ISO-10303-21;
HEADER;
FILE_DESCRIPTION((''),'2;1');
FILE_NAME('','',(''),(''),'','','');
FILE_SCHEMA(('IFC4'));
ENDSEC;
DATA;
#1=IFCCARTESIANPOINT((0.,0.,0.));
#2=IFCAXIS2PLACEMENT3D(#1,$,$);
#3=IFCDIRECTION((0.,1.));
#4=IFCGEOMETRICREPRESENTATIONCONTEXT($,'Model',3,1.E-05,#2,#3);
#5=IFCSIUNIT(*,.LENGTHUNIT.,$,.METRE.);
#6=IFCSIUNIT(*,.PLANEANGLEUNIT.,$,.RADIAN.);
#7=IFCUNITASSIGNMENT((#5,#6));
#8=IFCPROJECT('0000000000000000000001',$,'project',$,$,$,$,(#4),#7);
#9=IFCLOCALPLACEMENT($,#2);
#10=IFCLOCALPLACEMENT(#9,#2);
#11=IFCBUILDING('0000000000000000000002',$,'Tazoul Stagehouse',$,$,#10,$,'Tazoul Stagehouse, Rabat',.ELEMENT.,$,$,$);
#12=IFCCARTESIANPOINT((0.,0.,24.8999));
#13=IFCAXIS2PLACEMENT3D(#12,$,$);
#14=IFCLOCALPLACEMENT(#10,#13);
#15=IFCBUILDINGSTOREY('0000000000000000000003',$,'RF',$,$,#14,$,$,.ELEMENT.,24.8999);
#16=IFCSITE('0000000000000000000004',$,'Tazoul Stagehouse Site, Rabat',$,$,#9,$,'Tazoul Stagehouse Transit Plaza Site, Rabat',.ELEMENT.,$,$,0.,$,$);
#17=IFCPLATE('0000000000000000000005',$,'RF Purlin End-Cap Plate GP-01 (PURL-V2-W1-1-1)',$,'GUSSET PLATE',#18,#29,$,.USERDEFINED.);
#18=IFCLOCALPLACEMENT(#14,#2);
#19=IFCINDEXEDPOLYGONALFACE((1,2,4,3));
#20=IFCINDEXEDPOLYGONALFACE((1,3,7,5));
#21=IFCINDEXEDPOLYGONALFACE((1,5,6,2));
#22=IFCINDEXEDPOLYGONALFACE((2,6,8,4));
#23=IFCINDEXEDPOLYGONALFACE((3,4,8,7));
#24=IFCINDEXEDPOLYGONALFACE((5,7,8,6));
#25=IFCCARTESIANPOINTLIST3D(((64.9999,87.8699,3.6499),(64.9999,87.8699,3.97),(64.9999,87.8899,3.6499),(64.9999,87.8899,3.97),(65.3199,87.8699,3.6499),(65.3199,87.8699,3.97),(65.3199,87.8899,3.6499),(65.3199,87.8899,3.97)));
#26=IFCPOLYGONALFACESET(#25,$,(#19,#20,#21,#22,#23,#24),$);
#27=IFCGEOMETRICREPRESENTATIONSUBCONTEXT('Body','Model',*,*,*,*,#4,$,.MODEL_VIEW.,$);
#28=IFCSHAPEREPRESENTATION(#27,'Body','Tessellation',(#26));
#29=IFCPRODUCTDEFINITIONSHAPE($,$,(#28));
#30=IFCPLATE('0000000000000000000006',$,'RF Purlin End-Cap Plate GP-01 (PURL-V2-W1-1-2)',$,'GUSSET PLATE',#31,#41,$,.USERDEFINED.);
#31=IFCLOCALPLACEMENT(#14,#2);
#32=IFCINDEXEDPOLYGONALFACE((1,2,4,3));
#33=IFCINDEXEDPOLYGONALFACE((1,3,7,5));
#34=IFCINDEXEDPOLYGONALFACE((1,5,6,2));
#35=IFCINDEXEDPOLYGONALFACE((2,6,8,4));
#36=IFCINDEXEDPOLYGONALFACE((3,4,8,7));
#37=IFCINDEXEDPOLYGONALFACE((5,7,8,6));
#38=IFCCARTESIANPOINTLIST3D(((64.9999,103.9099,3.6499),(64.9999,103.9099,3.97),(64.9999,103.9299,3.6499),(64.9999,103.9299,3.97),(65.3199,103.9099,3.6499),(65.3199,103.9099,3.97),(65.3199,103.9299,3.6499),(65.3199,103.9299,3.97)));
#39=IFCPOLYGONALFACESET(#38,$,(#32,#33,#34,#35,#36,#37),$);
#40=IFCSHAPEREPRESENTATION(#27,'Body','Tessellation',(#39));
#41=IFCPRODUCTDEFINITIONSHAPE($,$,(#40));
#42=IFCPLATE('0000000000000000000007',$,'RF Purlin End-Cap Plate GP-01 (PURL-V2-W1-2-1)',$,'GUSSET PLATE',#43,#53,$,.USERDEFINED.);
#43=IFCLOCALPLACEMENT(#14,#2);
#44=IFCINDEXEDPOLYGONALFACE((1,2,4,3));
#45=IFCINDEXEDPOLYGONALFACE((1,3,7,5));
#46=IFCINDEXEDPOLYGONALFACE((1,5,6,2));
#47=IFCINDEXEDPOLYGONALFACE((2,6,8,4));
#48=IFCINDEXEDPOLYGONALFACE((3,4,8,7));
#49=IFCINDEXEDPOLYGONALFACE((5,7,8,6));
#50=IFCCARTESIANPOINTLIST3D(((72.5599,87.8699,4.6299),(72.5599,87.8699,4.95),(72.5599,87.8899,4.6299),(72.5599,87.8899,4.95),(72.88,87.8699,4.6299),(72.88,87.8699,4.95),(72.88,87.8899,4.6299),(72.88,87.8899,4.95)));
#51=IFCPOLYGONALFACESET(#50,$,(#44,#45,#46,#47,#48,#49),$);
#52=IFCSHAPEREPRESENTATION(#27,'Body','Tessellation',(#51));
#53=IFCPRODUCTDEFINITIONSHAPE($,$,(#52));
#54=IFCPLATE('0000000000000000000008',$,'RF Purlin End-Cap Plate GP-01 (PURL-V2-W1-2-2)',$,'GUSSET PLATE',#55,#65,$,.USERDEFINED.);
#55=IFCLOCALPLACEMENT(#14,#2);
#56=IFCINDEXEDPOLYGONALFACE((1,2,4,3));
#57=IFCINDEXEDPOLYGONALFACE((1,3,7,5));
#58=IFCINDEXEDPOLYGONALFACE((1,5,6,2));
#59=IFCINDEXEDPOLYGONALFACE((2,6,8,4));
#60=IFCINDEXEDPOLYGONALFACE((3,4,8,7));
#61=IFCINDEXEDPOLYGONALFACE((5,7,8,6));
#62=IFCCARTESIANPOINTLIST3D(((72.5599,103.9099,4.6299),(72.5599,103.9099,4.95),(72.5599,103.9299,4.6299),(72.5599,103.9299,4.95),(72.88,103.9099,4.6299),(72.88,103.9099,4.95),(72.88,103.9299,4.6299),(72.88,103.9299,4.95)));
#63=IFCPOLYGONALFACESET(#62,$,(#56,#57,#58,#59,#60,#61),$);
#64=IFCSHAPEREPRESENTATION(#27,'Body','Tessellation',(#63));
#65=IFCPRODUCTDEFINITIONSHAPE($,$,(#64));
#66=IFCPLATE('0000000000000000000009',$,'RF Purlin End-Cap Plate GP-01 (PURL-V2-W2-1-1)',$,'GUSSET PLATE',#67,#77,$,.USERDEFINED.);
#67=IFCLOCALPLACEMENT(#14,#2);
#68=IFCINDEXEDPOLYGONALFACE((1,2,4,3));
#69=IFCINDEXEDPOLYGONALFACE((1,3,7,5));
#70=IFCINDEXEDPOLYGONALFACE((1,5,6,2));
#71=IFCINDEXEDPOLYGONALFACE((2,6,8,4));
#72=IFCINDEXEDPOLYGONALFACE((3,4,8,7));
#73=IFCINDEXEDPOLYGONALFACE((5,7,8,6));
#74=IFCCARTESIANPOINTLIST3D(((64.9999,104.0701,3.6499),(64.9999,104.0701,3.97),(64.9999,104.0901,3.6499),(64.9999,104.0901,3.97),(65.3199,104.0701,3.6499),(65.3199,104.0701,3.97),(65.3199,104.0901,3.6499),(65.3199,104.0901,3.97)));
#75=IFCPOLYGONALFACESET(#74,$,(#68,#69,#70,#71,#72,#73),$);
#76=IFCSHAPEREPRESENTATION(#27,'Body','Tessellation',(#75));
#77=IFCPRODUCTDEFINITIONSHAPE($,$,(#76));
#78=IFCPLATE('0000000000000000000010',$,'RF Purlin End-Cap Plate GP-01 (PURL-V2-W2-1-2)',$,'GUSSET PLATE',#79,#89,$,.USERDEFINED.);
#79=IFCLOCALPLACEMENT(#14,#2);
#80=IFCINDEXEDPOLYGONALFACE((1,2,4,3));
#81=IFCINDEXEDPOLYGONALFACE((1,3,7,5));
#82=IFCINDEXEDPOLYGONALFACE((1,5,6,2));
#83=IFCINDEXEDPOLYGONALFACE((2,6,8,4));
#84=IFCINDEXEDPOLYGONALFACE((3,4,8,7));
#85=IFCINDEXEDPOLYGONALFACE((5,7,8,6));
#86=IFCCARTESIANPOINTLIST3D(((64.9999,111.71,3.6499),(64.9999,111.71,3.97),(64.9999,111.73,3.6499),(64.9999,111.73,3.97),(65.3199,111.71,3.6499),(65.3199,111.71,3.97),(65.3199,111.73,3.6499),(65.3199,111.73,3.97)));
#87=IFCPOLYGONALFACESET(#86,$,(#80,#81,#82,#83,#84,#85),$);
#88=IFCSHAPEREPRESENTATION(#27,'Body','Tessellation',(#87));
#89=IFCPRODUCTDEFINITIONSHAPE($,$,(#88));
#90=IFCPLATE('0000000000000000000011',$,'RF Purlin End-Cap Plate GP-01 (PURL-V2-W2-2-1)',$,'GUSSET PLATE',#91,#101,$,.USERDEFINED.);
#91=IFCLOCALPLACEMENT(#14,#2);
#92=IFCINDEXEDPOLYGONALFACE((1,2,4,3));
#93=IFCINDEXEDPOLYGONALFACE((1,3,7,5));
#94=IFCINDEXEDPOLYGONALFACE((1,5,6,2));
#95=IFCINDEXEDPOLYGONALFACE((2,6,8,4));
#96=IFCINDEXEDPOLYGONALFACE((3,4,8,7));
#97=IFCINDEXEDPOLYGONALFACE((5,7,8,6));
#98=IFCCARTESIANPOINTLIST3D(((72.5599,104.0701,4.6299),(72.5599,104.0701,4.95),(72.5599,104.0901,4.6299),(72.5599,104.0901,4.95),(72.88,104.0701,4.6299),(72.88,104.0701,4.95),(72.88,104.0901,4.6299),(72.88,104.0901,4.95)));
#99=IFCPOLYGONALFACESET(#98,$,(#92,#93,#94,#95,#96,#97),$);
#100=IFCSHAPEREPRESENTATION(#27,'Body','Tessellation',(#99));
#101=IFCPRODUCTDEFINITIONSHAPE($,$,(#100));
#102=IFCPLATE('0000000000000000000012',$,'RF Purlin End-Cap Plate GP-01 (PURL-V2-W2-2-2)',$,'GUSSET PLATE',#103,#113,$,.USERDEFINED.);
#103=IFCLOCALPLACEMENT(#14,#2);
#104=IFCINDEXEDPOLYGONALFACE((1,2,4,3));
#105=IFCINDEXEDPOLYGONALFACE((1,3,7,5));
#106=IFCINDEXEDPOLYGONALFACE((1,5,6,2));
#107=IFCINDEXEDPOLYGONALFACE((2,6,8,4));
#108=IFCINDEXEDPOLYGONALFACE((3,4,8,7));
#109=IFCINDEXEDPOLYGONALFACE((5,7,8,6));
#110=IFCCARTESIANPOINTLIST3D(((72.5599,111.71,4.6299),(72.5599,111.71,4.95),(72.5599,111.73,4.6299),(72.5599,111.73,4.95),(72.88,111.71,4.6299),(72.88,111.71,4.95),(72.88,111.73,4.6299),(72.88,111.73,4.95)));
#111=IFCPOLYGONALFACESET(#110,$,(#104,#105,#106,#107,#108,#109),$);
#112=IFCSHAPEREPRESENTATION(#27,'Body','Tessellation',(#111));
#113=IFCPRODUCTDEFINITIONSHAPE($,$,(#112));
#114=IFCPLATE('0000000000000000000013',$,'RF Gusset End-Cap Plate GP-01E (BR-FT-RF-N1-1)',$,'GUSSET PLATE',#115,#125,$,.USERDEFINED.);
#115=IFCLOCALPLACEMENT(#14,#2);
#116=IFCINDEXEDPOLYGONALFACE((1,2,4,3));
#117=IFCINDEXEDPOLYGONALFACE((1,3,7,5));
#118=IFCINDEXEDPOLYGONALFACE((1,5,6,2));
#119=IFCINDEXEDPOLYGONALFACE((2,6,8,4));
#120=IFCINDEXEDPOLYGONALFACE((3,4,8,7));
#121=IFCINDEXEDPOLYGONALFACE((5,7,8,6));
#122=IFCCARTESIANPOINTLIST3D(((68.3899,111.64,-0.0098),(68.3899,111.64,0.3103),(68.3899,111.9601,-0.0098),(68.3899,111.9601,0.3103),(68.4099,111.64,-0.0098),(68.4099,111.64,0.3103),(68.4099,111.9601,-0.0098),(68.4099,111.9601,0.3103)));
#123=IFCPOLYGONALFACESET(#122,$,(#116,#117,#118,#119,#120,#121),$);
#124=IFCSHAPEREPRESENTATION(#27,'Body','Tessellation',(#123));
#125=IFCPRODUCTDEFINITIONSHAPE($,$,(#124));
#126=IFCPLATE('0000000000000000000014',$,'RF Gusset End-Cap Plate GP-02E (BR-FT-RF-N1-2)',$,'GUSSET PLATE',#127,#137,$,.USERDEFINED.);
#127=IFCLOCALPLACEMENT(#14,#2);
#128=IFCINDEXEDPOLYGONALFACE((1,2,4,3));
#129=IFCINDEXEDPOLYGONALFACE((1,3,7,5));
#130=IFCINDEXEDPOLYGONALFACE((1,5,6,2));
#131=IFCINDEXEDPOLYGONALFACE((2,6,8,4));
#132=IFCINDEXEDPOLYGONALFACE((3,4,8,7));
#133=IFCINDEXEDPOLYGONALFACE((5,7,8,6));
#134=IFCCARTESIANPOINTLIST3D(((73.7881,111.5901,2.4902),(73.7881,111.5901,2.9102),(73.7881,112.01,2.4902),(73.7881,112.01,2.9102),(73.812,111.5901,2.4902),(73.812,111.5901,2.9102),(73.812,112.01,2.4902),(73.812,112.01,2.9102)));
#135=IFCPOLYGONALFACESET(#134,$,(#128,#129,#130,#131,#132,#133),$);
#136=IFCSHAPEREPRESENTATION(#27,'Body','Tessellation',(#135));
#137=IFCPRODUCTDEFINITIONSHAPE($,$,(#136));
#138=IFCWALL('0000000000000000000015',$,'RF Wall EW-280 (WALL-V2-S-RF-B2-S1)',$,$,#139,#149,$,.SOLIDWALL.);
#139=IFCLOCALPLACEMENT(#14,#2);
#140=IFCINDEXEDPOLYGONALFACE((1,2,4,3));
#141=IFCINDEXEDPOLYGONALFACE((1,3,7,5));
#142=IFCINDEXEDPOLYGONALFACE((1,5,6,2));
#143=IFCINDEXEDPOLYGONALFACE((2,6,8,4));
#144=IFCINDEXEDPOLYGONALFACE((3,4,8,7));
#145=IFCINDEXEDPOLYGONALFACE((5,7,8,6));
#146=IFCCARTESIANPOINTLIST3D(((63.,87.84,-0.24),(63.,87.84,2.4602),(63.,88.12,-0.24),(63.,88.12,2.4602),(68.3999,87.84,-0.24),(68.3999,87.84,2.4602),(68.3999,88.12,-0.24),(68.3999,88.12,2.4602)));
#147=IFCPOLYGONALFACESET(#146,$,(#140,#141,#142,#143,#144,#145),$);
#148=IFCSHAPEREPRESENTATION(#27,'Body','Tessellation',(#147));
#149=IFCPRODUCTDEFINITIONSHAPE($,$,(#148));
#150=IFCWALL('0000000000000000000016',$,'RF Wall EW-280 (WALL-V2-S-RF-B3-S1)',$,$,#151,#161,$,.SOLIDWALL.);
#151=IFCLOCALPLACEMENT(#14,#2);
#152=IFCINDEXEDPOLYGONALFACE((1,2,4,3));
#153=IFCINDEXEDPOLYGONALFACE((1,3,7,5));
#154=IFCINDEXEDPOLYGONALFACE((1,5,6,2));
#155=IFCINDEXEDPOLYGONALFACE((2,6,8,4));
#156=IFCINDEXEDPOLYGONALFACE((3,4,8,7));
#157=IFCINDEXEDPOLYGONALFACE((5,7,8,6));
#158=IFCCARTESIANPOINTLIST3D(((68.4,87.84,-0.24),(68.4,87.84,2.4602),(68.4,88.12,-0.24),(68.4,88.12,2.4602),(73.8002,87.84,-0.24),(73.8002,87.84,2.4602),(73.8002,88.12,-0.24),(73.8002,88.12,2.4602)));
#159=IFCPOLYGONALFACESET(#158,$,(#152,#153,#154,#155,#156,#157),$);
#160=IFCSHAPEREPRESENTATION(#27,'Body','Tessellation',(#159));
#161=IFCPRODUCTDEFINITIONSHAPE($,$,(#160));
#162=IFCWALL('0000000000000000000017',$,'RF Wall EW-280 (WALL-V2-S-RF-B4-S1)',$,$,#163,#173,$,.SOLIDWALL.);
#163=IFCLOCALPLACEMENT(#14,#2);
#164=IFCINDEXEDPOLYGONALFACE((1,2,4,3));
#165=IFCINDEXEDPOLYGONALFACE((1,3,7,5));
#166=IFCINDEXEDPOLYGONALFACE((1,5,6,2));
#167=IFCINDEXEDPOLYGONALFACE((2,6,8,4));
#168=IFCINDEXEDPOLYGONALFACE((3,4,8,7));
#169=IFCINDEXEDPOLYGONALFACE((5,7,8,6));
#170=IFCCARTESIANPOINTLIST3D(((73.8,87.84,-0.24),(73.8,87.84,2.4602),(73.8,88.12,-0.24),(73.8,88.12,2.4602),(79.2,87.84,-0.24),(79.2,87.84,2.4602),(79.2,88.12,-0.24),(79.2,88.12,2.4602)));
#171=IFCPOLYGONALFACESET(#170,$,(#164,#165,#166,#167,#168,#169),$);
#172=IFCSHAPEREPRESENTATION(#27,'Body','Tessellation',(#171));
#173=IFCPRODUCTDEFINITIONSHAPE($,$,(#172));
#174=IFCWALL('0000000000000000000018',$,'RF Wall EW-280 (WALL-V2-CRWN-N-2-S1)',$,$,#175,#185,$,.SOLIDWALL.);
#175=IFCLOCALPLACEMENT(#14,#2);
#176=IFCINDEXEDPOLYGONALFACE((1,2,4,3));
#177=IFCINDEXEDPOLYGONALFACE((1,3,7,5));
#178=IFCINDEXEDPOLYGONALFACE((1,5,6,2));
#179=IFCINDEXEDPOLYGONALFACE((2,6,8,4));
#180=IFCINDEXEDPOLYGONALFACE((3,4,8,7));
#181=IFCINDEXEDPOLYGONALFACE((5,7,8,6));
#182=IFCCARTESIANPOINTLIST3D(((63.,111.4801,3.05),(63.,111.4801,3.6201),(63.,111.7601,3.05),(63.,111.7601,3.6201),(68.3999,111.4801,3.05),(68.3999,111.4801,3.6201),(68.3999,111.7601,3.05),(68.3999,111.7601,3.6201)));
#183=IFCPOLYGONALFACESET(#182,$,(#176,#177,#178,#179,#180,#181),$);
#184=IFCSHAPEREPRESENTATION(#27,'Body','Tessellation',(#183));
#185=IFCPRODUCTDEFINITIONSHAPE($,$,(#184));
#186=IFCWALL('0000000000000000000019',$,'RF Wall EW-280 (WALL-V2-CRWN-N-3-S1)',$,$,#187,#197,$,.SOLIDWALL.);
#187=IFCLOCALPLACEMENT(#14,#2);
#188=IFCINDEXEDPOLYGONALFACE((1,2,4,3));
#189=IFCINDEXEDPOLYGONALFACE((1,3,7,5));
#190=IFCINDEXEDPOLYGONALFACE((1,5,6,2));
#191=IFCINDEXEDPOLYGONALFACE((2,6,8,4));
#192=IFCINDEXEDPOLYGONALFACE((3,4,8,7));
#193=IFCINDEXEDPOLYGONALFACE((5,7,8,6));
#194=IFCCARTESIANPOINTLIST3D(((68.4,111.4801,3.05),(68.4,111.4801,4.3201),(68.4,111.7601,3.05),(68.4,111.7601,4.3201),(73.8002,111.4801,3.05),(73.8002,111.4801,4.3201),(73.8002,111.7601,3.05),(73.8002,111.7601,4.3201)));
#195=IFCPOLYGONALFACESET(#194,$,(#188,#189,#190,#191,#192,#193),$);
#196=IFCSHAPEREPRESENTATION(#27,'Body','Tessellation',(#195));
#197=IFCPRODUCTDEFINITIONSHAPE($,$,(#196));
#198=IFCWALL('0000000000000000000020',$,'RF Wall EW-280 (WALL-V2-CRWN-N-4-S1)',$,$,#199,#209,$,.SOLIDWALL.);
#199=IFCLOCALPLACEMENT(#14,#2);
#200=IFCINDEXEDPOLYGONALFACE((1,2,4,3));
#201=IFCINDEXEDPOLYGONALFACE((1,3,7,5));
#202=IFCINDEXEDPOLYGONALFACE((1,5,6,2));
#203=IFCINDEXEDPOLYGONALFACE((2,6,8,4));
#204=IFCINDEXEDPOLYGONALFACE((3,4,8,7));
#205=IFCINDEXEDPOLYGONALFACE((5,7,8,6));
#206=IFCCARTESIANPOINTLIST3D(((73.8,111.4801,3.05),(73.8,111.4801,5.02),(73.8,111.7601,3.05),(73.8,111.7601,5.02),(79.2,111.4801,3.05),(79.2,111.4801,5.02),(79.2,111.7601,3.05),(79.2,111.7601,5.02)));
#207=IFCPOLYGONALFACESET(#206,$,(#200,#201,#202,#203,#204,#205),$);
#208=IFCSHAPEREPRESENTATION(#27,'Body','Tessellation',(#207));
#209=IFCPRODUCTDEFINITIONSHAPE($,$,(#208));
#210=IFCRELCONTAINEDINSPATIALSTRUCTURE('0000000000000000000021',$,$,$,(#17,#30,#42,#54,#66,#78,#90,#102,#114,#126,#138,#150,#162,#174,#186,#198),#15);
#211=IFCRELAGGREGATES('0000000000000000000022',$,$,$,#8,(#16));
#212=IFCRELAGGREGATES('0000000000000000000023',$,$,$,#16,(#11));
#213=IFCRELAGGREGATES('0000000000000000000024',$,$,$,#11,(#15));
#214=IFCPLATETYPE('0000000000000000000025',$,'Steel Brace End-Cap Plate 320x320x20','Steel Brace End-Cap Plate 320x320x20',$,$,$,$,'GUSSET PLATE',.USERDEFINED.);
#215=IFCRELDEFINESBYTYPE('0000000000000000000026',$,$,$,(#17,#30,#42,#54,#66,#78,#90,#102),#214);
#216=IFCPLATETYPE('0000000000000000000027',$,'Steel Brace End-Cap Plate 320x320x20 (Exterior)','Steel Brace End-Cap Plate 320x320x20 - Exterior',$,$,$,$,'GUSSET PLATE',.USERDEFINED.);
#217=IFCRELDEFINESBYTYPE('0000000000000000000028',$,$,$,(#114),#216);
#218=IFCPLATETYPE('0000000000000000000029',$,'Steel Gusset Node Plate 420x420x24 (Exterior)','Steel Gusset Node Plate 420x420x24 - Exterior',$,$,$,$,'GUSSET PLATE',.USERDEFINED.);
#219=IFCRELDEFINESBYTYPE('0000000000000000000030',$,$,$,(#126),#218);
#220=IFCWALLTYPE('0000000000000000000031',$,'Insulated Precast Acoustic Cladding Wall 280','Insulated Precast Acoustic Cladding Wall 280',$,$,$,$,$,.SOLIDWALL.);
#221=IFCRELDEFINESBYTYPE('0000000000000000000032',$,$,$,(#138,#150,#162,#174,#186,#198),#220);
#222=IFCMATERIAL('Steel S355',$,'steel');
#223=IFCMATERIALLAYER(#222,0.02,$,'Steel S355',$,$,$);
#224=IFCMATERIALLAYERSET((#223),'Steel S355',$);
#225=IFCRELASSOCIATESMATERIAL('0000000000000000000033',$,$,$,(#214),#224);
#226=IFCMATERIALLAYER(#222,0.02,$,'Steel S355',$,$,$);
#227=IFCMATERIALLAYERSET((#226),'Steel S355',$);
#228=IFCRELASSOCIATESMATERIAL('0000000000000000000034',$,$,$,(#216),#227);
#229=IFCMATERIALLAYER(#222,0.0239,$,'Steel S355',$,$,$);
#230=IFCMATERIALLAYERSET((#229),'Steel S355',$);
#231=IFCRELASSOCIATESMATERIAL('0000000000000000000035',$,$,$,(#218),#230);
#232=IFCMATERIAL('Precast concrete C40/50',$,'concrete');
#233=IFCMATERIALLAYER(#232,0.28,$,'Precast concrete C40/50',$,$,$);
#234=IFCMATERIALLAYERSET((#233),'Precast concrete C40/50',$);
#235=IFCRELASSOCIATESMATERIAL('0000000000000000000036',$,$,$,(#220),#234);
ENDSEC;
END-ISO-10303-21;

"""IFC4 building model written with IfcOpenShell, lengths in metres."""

from ifc_helpers import new_model, si_unit, direction, frame, frame_2d, origin, origin_2d, place, context, subcontext, project, spatial, rectangle, extrude, material, layer, layer_set, type_object, element, save


model = new_model("IFC4")

# Units and contexts
model_context = context("Model", 3, precision=1e-05, world=origin(), true_north=direction((0.0, 1.0)))
body_context = subcontext(model_context, "Body", "Model", "MODEL_VIEW")
ifc_project = project(units=[si_unit("LENGTHUNIT", "METRE"), si_unit("PLANEANGLEUNIT", "RADIAN")], contexts=[model_context])

# Site, building, storey
site_placement = place(None, origin())
site = spatial("IfcSite", under=ifc_project, at=site_placement, Name="Tazoul Stagehouse Site, Rabat", LongName="Tazoul Stagehouse Transit Plaza Site, Rabat", CompositionType="ELEMENT", RefElevation=0.0)
building_placement = place(site_placement, origin())
building = spatial("IfcBuilding", under=site, at=building_placement, Name="Tazoul Stagehouse", LongName="Tazoul Stagehouse, Rabat", CompositionType="ELEMENT")
storey_placement = place(building_placement, frame((0.0, 0.0, 24.8999)))
storey = spatial("IfcBuildingStorey", under=building, at=storey_placement, Name="RF", CompositionType="ELEMENT", Elevation=24.8999)

# Shared definitions
ifc_material_1 = material(Name="Steel S355", Category="steel")

# Plates
ifc_layer_1 = layer(ifc_material_1, 0.02, Name="Steel S355")
ifc_layer_set_1 = layer_set([ifc_layer_1], Name="Steel S355")
plate_type_1 = type_object("IfcPlateType", Name="Steel Brace End-Cap Plate 320x320x20", Description="Steel Brace End-Cap Plate 320x320x20", ElementType="GUSSET PLATE", PredefinedType="USERDEFINED", material=ifc_layer_set_1)
for number, where, z_axis, x_axis, name in (
    (1, (65.1599, 87.8799, 3.6499), (0.0, 0.0, 1.0), (0.0, 1.0, 0.0), "RF Purlin End-Cap Plate GP-01 (PURL-V2-W1-1-1)"),
    (2, (65.1599, 103.9199, 3.6499), (0.0, 0.0, 1.0), (0.0, 1.0, 0.0), "RF Purlin End-Cap Plate GP-01 (PURL-V2-W1-1-2)"),
    (3, (72.72, 87.8799, 4.6299), (0.0, 0.0, 1.0), (0.0, 1.0, 0.0), "RF Purlin End-Cap Plate GP-01 (PURL-V2-W1-2-1)"),
    (4, (72.72, 103.9199, 4.6299), (0.0, 0.0, 1.0), (0.0, 1.0, 0.0), "RF Purlin End-Cap Plate GP-01 (PURL-V2-W1-2-2)"),
    (5, (65.1599, 104.0801, 3.6499), (0.0, 0.0, 1.0), (0.0, 1.0, 0.0), "RF Purlin End-Cap Plate GP-01 (PURL-V2-W2-1-1)"),
    (6, (65.1599, 111.72, 3.6499), (0.0, 0.0, 1.0), (0.0, 1.0, 0.0), "RF Purlin End-Cap Plate GP-01 (PURL-V2-W2-1-2)"),
    (7, (72.72, 104.0801, 4.6299), (0.0, 0.0, 1.0), (0.0, 1.0, 0.0), "RF Purlin End-Cap Plate GP-01 (PURL-V2-W2-2-1)"),
    (8, (72.72, 111.72, 4.6299), (0.0, 0.0, 1.0), (0.0, 1.0, 0.0), "RF Purlin End-Cap Plate GP-01 (PURL-V2-W2-2-2)"),
):
    element("IfcPlate", number, at=place(storey_placement, frame(where, z_axis=z_axis, x_axis=x_axis)), inside=storey, type_object=plate_type_1, Name=name, ObjectType="GUSSET PLATE", PredefinedType="USERDEFINED", context=body_context, shape_type="SweptSolid", body=[
        extrude(rectangle(XDim=0.02, YDim=0.3201, at=origin_2d()), origin(), (0.0, 0.0, 1.0), 0.3201),
    ])
ifc_layer_2 = layer(ifc_material_1, 0.02, Name="Steel S355")
ifc_layer_set_2 = layer_set([ifc_layer_2], Name="Steel S355")
plate_type_2 = type_object("IfcPlateType", Name="Steel Brace End-Cap Plate 320x320x20 (Exterior)", Description="Steel Brace End-Cap Plate 320x320x20 - Exterior", ElementType="GUSSET PLATE", PredefinedType="USERDEFINED", material=ifc_layer_set_2)
plate_1_placement = place(storey_placement, frame((68.3999, 111.8, -0.0098), z_axis=(0.0, 0.0, 1.0), x_axis=(1.0, 0.0, 0.0)))
element("IfcPlate", 9, at=plate_1_placement, inside=storey, type_object=plate_type_2, Name="RF Gusset End-Cap Plate GP-01E (BR-FT-RF-N1-1)", ObjectType="GUSSET PLATE", PredefinedType="USERDEFINED", context=body_context, shape_type="SweptSolid", body=[
    extrude(rectangle(XDim=0.02, YDim=0.3201, at=origin_2d()), origin(), (0.0, 0.0, 1.0), 0.3201),
])
ifc_layer_3 = layer(ifc_material_1, 0.0239, Name="Steel S355")
ifc_layer_set_3 = layer_set([ifc_layer_3], Name="Steel S355")
plate_type_3 = type_object("IfcPlateType", Name="Steel Gusset Node Plate 420x420x24 (Exterior)", Description="Steel Gusset Node Plate 420x420x24 - Exterior", ElementType="GUSSET PLATE", PredefinedType="USERDEFINED", material=ifc_layer_set_3)
plate_2_placement = place(storey_placement, frame((73.8, 111.8, 2.4902), z_axis=(0.0, 0.0, 1.0), x_axis=(1.0, 0.0, 0.0)))
element("IfcPlate", 10, at=plate_2_placement, inside=storey, type_object=plate_type_3, Name="RF Gusset End-Cap Plate GP-02E (BR-FT-RF-N1-2)", ObjectType="GUSSET PLATE", PredefinedType="USERDEFINED", context=body_context, shape_type="SweptSolid", body=[
    extrude(rectangle(XDim=0.0239, YDim=0.4199, at=origin_2d()), origin(), (0.0, 0.0, 1.0), 0.4199),
])

# Walls
ifc_material_2 = material(Name="Precast concrete C40/50", Category="concrete")
ifc_layer_4 = layer(ifc_material_2, 0.28, Name="Precast concrete C40/50")
ifc_layer_set_4 = layer_set([ifc_layer_4], Name="Precast concrete C40/50")
wall_type = type_object("IfcWallType", Name="Insulated Precast Acoustic Cladding Wall 280", Description="Insulated Precast Acoustic Cladding Wall 280", PredefinedType="SOLIDWALL", material=ifc_layer_set_4)
wall_1_placement = place(storey_placement, frame((63.0, 87.98, -0.24), z_axis=(0.0, 0.0, 1.0), x_axis=(1.0, 0.0, 0.0)))
element("IfcWall", 11, at=wall_1_placement, inside=storey, type_object=wall_type, Name="RF Wall EW-280 (WALL-V2-S-RF-B2-S1)", PredefinedType="SOLIDWALL", context=body_context, shape_type="SweptSolid", body=[
    extrude(rectangle(XDim=5.3999, YDim=0.28, at=frame_2d((2.7, 0.0))), origin(), (0.0, 0.0, 1.0), 2.7002),
])
wall_2_placement = place(storey_placement, frame((68.3999, 87.98, -0.24), z_axis=(0.0, 0.0, 1.0), x_axis=(1.0, 0.0, 0.0)))
element("IfcWall", 12, at=wall_2_placement, inside=storey, type_object=wall_type, Name="RF Wall EW-280 (WALL-V2-S-RF-B3-S1)", PredefinedType="SOLIDWALL", context=body_context, shape_type="SweptSolid", body=[
    extrude(rectangle(XDim=5.4001, YDim=0.28, at=frame_2d((2.7002, 0.0))), origin(), (0.0, 0.0, 1.0), 2.7002),
])
wall_3_placement = place(storey_placement, frame((73.8, 87.98, -0.24), z_axis=(0.0, 0.0, 1.0), x_axis=(1.0, 0.0, 0.0)))
element("IfcWall", 13, at=wall_3_placement, inside=storey, type_object=wall_type, Name="RF Wall EW-280 (WALL-V2-S-RF-B4-S1)", PredefinedType="SOLIDWALL", context=body_context, shape_type="SweptSolid", body=[
    extrude(rectangle(XDim=5.3999, YDim=0.28, at=frame_2d((2.7, 0.0))), origin(), (0.0, 0.0, 1.0), 2.7002),
])
wall_4_placement = place(storey_placement, frame((63.0, 111.6201, 3.05), z_axis=(0.0, 0.0, 1.0), x_axis=(1.0, 0.0, 0.0)))
element("IfcWall", 14, at=wall_4_placement, inside=storey, type_object=wall_type, Name="RF Wall EW-280 (WALL-V2-CRWN-N-2-S1)", PredefinedType="SOLIDWALL", context=body_context, shape_type="SweptSolid", body=[
    extrude(rectangle(XDim=5.3999, YDim=0.28, at=frame_2d((2.7, 0.0))), origin(), (0.0, 0.0, 1.0), 0.5701),
])
wall_5_placement = place(storey_placement, frame((68.3999, 111.6201, 3.05), z_axis=(0.0, 0.0, 1.0), x_axis=(1.0, 0.0, 0.0)))
element("IfcWall", 15, at=wall_5_placement, inside=storey, type_object=wall_type, Name="RF Wall EW-280 (WALL-V2-CRWN-N-3-S1)", PredefinedType="SOLIDWALL", context=body_context, shape_type="SweptSolid", body=[
    extrude(rectangle(XDim=5.4001, YDim=0.28, at=frame_2d((2.7002, 0.0))), origin(), (0.0, 0.0, 1.0), 1.27),
])
wall_6_placement = place(storey_placement, frame((73.8, 111.6201, 3.05), z_axis=(0.0, 0.0, 1.0), x_axis=(1.0, 0.0, 0.0)))
element("IfcWall", 16, at=wall_6_placement, inside=storey, type_object=wall_type, Name="RF Wall EW-280 (WALL-V2-CRWN-N-4-S1)", PredefinedType="SOLIDWALL", context=body_context, shape_type="SweptSolid", body=[
    extrude(rectangle(XDim=5.3999, YDim=0.28, at=frame_2d((2.7, 0.0))), origin(), (0.0, 0.0, 1.0), 1.97),
])

save(model, "model.ifc")
